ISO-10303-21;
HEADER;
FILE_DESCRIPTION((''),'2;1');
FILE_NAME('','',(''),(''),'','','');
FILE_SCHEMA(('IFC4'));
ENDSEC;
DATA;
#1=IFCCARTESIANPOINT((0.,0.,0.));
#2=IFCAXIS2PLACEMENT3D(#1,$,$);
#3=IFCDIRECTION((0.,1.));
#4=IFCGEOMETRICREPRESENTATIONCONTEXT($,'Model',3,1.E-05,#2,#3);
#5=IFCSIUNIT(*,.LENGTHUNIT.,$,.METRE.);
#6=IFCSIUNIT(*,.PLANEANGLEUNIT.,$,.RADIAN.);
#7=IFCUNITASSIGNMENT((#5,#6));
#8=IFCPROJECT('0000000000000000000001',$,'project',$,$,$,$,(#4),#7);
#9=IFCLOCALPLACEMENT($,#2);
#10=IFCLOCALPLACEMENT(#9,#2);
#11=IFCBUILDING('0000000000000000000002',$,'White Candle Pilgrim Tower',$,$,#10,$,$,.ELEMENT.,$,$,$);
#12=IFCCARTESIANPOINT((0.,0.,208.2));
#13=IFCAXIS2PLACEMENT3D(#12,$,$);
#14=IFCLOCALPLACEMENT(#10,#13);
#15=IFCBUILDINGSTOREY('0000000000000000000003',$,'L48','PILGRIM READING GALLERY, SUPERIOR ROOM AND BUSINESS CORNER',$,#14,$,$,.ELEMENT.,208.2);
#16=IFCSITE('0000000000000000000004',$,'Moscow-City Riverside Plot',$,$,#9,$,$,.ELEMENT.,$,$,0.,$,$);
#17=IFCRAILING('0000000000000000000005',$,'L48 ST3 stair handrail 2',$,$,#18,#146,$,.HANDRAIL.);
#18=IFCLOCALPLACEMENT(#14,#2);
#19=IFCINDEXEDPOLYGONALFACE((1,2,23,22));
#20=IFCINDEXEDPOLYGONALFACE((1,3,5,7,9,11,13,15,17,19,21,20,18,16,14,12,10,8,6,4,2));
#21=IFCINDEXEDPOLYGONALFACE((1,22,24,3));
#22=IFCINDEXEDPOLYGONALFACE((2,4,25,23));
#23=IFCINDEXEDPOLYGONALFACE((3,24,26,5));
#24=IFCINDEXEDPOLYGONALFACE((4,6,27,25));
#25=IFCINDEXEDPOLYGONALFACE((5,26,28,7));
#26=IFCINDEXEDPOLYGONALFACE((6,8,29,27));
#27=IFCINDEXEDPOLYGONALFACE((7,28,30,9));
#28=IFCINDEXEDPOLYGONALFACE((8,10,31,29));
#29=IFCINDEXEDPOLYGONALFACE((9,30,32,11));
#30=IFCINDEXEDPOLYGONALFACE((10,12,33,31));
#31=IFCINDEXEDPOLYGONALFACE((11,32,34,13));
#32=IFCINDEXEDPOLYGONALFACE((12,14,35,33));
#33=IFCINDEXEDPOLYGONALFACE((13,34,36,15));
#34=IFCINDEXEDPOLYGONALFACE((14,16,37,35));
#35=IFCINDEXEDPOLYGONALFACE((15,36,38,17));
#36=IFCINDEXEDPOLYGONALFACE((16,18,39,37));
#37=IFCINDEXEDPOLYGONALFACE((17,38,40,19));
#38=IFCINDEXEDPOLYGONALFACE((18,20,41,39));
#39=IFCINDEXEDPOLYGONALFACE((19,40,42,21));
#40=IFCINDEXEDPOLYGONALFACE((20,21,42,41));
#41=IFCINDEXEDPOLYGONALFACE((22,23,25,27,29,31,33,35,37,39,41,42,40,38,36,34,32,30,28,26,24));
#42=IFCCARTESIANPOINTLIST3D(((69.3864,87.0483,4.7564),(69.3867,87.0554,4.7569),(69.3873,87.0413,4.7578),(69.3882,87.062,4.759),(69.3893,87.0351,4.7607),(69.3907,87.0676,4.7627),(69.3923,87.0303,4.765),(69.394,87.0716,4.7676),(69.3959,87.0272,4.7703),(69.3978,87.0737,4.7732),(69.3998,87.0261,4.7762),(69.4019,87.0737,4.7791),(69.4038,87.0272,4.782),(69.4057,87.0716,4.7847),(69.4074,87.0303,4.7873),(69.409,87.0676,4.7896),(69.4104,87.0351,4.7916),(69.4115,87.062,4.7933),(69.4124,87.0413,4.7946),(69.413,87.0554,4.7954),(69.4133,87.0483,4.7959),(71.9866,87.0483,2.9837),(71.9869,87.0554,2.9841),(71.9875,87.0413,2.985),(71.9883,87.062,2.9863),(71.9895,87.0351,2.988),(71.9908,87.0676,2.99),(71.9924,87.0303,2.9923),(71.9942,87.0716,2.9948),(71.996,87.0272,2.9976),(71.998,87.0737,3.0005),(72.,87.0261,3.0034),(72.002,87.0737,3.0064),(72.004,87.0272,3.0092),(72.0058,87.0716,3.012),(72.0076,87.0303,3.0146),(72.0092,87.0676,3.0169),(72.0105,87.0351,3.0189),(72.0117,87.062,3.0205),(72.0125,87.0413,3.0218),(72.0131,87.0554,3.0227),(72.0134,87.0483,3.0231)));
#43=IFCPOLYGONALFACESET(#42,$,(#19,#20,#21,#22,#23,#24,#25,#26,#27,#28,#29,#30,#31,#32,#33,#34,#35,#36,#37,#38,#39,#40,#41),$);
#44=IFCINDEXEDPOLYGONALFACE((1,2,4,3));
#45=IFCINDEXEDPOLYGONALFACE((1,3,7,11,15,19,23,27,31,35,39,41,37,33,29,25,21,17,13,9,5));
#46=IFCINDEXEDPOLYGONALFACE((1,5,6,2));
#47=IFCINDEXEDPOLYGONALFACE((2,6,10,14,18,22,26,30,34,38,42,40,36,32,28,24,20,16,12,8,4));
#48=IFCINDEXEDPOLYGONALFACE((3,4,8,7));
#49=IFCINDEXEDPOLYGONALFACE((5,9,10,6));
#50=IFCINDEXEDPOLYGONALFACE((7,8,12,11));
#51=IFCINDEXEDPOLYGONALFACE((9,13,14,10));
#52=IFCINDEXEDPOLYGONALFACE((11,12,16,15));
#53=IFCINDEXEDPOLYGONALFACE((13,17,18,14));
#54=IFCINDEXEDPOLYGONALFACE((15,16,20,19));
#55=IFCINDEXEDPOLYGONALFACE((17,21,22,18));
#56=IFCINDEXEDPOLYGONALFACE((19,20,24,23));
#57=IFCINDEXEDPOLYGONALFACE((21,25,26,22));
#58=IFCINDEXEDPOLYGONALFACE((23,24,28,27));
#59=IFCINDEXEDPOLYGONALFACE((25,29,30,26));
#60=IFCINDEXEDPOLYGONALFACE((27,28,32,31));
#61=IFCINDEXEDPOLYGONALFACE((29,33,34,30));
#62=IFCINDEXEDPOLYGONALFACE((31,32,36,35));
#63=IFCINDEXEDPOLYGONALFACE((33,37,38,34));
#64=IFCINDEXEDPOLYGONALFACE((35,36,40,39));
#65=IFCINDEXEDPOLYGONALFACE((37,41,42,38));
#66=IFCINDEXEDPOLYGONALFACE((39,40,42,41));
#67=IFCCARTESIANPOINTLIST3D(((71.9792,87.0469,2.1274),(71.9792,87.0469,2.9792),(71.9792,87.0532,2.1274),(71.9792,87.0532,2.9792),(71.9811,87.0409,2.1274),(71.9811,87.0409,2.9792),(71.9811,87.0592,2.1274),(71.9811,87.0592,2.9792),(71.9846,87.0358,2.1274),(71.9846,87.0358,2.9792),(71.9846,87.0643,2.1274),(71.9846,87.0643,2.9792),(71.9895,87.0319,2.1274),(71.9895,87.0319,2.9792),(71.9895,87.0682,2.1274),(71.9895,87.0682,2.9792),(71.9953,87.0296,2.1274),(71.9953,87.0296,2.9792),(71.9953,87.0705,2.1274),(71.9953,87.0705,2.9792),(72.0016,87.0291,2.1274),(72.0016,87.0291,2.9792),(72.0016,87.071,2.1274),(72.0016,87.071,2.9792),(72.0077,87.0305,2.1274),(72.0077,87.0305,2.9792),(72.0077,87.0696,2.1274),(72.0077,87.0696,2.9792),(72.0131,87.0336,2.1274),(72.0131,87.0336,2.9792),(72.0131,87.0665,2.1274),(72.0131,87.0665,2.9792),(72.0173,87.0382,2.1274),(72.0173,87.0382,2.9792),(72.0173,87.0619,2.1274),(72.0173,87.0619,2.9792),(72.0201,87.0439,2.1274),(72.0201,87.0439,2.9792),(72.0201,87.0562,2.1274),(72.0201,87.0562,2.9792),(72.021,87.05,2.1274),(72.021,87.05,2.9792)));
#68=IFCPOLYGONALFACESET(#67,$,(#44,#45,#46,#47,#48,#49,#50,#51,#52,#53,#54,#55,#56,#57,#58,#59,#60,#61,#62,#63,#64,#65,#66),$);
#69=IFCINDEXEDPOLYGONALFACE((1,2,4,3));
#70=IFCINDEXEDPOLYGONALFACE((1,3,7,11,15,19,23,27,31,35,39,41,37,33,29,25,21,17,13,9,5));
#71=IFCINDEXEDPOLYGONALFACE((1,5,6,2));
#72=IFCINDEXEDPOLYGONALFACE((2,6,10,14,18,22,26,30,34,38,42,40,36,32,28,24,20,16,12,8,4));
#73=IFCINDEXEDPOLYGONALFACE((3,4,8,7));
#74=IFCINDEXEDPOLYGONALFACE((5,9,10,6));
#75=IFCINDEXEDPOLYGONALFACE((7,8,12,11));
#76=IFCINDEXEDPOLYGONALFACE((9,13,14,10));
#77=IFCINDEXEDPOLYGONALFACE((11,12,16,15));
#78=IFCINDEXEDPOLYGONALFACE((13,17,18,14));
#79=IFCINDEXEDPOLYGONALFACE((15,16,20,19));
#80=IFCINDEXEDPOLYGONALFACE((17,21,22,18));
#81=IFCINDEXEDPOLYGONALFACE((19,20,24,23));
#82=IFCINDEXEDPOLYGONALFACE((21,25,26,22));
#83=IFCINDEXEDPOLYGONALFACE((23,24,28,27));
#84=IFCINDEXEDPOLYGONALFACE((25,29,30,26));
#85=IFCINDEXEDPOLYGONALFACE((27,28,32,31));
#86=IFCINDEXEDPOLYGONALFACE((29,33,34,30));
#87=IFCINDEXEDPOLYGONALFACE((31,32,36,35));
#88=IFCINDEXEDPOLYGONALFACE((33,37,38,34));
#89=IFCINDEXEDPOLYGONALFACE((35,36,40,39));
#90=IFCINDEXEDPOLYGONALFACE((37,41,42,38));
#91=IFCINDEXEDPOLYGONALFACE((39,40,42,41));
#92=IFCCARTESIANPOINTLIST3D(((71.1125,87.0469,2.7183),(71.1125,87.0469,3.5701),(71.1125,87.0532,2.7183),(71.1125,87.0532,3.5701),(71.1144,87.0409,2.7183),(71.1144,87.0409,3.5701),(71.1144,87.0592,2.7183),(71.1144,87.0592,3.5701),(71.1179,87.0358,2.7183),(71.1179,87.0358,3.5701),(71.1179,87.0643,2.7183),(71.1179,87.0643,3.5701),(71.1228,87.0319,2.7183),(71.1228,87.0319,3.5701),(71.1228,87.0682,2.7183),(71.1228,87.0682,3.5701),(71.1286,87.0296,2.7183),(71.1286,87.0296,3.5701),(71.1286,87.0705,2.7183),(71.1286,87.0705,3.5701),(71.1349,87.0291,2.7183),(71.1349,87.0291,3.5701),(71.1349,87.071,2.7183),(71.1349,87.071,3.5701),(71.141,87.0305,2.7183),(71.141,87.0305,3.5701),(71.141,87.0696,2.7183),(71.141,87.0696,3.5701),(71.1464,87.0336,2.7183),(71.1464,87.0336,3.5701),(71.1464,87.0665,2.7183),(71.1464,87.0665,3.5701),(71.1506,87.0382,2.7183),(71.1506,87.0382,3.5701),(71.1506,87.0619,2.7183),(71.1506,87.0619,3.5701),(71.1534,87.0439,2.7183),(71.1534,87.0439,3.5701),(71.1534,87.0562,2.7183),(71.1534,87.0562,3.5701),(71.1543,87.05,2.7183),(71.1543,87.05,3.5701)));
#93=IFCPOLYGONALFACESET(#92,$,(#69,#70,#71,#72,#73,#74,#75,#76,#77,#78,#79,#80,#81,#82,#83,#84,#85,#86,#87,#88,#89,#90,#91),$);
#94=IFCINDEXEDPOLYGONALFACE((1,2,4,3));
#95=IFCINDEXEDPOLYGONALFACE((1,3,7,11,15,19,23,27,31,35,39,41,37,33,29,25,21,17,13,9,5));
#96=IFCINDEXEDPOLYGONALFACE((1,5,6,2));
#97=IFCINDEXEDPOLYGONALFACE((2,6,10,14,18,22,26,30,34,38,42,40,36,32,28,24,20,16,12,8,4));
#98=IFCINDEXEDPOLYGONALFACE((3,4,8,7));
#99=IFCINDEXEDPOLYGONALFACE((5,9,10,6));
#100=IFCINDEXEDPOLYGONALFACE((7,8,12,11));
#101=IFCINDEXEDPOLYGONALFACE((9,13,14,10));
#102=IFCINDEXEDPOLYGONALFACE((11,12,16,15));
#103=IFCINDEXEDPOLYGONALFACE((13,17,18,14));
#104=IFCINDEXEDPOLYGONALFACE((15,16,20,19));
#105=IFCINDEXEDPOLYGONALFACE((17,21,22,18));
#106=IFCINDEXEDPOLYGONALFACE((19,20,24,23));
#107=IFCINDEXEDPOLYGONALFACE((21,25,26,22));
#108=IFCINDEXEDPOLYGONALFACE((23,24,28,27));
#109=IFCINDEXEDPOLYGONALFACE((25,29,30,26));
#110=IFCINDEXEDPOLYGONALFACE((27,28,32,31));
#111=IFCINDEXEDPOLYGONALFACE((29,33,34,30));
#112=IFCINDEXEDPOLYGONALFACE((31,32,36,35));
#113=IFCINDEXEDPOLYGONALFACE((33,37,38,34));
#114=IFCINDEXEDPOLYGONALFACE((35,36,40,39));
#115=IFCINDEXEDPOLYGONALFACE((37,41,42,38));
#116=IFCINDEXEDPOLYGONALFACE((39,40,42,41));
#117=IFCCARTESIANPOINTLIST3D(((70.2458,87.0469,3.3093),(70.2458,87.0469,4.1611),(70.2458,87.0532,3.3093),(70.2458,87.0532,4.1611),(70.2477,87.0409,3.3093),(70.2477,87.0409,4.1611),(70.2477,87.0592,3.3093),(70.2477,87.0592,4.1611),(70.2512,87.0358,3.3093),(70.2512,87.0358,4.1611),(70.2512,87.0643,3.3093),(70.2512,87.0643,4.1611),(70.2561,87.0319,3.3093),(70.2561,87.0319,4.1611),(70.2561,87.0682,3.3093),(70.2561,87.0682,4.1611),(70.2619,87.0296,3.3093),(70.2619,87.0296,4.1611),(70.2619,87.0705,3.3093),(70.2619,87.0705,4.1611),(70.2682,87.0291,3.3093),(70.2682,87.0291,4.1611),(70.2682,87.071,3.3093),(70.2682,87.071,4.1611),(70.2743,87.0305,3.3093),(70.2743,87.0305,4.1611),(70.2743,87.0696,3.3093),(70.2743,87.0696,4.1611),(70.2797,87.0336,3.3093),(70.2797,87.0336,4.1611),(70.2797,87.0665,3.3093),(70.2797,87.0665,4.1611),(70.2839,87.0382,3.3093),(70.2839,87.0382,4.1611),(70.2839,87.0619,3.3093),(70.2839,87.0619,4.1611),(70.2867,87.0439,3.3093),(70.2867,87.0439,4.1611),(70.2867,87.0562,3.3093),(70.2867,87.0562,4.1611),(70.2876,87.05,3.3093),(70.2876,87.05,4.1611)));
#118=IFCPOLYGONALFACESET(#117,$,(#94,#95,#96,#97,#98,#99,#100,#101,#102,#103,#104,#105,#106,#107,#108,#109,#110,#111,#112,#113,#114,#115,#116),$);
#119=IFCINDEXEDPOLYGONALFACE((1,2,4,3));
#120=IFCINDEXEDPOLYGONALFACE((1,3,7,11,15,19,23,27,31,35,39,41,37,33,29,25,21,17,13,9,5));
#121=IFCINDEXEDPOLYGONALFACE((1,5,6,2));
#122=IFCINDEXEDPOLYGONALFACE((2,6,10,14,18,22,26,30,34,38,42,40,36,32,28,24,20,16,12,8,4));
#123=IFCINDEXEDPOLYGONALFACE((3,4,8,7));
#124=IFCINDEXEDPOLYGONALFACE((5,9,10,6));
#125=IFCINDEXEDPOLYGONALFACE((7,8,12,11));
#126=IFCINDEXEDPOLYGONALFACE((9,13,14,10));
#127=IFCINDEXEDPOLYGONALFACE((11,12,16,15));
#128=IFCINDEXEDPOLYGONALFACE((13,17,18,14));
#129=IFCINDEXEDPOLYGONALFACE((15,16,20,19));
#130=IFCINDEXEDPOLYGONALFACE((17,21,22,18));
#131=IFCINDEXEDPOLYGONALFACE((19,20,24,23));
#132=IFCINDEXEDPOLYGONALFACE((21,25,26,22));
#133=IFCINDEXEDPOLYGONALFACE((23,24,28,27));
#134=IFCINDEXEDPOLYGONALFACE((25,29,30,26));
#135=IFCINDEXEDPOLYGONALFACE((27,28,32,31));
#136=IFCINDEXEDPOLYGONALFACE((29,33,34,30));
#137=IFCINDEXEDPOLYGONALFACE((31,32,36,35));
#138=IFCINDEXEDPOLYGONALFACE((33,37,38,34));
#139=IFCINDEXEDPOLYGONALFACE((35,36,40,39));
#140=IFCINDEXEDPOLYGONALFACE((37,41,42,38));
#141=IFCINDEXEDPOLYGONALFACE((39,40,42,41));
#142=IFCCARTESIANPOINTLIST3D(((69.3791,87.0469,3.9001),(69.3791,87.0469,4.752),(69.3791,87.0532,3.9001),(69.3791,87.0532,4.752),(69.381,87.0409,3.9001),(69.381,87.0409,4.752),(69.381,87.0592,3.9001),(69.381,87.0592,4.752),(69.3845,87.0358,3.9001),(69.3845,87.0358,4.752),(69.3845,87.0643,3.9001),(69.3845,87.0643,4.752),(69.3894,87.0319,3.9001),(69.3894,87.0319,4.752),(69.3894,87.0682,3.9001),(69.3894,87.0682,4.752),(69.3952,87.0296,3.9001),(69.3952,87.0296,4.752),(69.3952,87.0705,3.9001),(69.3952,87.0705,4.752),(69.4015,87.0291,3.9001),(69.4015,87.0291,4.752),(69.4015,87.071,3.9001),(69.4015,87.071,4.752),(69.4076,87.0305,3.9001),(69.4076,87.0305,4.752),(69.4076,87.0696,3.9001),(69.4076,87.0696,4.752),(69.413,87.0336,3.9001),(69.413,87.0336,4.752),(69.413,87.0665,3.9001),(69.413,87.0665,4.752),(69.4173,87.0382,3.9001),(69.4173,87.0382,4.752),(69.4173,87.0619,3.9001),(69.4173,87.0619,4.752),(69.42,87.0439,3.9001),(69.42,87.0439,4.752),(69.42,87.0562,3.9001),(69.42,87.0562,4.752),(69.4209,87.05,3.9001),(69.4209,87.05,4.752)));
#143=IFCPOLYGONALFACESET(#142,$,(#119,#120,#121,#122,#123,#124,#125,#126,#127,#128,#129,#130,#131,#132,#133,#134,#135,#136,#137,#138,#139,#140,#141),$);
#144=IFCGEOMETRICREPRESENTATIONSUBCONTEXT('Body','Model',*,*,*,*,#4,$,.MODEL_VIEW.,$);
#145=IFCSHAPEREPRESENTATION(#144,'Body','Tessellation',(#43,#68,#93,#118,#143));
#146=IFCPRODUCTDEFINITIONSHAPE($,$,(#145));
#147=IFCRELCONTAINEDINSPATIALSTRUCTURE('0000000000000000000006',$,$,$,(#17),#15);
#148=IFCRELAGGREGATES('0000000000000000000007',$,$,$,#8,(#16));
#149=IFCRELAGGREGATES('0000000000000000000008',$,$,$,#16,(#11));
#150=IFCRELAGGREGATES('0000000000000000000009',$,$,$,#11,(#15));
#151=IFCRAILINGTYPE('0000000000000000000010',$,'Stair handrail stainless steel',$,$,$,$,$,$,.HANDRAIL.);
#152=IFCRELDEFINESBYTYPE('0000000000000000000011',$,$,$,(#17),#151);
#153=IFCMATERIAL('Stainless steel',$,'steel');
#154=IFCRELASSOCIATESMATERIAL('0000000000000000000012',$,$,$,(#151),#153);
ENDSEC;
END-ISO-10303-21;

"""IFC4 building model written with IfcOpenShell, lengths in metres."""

from ifc_helpers import new_model, si_unit, direction, frame, origin, origin_2d, place, context, subcontext, project, spatial, circle, extrude, material, type_object, element, save


model = new_model("IFC4")

# Units and contexts
model_context = context("Model", 3, precision=1e-05, world=origin(), true_north=direction((0.0, 1.0)))
body_context = subcontext(model_context, "Body", "Model", "MODEL_VIEW")
ifc_project = project(units=[si_unit("LENGTHUNIT", "METRE"), si_unit("PLANEANGLEUNIT", "RADIAN")], contexts=[model_context])

# Site, building, storey
site_placement = place(None, origin())
site = spatial("IfcSite", under=ifc_project, at=site_placement, Name="Moscow-City Riverside Plot", CompositionType="ELEMENT", RefElevation=0.0)
building_placement = place(site_placement, origin())
building = spatial("IfcBuilding", under=site, at=building_placement, Name="White Candle Pilgrim Tower", CompositionType="ELEMENT")
storey_placement = place(building_placement, frame((0.0, 0.0, 208.2)))
storey = spatial("IfcBuildingStorey", under=building, at=storey_placement, Name="L48", Description="PILGRIM READING GALLERY, SUPERIOR ROOM AND BUSINESS CORNER", CompositionType="ELEMENT", Elevation=208.2)

# Railing
ifc_material_1 = material(Name="Stainless steel", Category="steel")
railing_type_1 = type_object("IfcRailingType", Name="Stair handrail stainless steel", PredefinedType="HANDRAIL", material=ifc_material_1)
railing_1_placement = place(storey_placement, frame((72.0, 87.05, 2.1274)))
element("IfcRailing", 1, at=railing_1_placement, inside=storey, type_object=railing_type_1, Name="L48 ST3 stair handrail 2", PredefinedType="HANDRAIL", context=body_context, shape_type="SweptSolid", body=[
    extrude(circle(Radius=0.0239, at=origin_2d()), frame((0.0, 0.0, 0.876), z_axis=(-0.82624, 0.0, 0.563318), x_axis=(0.0, -1.0, 0.0)), (0.0, 0.0, 1.0), 3.147),
    extrude(circle(Radius=0.021, at=origin_2d()), origin(), (0.0, 0.0, 1.0), 0.8518),
    extrude(circle(Radius=0.021, at=origin_2d()), frame((-0.8667, 0.0, 0.5908)), (0.0, 0.0, 1.0), 0.8518),
    extrude(circle(Radius=0.021, at=origin_2d()), frame((-1.7334, 0.0, 1.1819)), (0.0, 0.0, 1.0), 0.8518),
    extrude(circle(Radius=0.021, at=origin_2d()), frame((-2.6001, 0.0, 1.7727)), (0.0, 0.0, 1.0), 0.8518),
])

save(model, "model.ifc")
